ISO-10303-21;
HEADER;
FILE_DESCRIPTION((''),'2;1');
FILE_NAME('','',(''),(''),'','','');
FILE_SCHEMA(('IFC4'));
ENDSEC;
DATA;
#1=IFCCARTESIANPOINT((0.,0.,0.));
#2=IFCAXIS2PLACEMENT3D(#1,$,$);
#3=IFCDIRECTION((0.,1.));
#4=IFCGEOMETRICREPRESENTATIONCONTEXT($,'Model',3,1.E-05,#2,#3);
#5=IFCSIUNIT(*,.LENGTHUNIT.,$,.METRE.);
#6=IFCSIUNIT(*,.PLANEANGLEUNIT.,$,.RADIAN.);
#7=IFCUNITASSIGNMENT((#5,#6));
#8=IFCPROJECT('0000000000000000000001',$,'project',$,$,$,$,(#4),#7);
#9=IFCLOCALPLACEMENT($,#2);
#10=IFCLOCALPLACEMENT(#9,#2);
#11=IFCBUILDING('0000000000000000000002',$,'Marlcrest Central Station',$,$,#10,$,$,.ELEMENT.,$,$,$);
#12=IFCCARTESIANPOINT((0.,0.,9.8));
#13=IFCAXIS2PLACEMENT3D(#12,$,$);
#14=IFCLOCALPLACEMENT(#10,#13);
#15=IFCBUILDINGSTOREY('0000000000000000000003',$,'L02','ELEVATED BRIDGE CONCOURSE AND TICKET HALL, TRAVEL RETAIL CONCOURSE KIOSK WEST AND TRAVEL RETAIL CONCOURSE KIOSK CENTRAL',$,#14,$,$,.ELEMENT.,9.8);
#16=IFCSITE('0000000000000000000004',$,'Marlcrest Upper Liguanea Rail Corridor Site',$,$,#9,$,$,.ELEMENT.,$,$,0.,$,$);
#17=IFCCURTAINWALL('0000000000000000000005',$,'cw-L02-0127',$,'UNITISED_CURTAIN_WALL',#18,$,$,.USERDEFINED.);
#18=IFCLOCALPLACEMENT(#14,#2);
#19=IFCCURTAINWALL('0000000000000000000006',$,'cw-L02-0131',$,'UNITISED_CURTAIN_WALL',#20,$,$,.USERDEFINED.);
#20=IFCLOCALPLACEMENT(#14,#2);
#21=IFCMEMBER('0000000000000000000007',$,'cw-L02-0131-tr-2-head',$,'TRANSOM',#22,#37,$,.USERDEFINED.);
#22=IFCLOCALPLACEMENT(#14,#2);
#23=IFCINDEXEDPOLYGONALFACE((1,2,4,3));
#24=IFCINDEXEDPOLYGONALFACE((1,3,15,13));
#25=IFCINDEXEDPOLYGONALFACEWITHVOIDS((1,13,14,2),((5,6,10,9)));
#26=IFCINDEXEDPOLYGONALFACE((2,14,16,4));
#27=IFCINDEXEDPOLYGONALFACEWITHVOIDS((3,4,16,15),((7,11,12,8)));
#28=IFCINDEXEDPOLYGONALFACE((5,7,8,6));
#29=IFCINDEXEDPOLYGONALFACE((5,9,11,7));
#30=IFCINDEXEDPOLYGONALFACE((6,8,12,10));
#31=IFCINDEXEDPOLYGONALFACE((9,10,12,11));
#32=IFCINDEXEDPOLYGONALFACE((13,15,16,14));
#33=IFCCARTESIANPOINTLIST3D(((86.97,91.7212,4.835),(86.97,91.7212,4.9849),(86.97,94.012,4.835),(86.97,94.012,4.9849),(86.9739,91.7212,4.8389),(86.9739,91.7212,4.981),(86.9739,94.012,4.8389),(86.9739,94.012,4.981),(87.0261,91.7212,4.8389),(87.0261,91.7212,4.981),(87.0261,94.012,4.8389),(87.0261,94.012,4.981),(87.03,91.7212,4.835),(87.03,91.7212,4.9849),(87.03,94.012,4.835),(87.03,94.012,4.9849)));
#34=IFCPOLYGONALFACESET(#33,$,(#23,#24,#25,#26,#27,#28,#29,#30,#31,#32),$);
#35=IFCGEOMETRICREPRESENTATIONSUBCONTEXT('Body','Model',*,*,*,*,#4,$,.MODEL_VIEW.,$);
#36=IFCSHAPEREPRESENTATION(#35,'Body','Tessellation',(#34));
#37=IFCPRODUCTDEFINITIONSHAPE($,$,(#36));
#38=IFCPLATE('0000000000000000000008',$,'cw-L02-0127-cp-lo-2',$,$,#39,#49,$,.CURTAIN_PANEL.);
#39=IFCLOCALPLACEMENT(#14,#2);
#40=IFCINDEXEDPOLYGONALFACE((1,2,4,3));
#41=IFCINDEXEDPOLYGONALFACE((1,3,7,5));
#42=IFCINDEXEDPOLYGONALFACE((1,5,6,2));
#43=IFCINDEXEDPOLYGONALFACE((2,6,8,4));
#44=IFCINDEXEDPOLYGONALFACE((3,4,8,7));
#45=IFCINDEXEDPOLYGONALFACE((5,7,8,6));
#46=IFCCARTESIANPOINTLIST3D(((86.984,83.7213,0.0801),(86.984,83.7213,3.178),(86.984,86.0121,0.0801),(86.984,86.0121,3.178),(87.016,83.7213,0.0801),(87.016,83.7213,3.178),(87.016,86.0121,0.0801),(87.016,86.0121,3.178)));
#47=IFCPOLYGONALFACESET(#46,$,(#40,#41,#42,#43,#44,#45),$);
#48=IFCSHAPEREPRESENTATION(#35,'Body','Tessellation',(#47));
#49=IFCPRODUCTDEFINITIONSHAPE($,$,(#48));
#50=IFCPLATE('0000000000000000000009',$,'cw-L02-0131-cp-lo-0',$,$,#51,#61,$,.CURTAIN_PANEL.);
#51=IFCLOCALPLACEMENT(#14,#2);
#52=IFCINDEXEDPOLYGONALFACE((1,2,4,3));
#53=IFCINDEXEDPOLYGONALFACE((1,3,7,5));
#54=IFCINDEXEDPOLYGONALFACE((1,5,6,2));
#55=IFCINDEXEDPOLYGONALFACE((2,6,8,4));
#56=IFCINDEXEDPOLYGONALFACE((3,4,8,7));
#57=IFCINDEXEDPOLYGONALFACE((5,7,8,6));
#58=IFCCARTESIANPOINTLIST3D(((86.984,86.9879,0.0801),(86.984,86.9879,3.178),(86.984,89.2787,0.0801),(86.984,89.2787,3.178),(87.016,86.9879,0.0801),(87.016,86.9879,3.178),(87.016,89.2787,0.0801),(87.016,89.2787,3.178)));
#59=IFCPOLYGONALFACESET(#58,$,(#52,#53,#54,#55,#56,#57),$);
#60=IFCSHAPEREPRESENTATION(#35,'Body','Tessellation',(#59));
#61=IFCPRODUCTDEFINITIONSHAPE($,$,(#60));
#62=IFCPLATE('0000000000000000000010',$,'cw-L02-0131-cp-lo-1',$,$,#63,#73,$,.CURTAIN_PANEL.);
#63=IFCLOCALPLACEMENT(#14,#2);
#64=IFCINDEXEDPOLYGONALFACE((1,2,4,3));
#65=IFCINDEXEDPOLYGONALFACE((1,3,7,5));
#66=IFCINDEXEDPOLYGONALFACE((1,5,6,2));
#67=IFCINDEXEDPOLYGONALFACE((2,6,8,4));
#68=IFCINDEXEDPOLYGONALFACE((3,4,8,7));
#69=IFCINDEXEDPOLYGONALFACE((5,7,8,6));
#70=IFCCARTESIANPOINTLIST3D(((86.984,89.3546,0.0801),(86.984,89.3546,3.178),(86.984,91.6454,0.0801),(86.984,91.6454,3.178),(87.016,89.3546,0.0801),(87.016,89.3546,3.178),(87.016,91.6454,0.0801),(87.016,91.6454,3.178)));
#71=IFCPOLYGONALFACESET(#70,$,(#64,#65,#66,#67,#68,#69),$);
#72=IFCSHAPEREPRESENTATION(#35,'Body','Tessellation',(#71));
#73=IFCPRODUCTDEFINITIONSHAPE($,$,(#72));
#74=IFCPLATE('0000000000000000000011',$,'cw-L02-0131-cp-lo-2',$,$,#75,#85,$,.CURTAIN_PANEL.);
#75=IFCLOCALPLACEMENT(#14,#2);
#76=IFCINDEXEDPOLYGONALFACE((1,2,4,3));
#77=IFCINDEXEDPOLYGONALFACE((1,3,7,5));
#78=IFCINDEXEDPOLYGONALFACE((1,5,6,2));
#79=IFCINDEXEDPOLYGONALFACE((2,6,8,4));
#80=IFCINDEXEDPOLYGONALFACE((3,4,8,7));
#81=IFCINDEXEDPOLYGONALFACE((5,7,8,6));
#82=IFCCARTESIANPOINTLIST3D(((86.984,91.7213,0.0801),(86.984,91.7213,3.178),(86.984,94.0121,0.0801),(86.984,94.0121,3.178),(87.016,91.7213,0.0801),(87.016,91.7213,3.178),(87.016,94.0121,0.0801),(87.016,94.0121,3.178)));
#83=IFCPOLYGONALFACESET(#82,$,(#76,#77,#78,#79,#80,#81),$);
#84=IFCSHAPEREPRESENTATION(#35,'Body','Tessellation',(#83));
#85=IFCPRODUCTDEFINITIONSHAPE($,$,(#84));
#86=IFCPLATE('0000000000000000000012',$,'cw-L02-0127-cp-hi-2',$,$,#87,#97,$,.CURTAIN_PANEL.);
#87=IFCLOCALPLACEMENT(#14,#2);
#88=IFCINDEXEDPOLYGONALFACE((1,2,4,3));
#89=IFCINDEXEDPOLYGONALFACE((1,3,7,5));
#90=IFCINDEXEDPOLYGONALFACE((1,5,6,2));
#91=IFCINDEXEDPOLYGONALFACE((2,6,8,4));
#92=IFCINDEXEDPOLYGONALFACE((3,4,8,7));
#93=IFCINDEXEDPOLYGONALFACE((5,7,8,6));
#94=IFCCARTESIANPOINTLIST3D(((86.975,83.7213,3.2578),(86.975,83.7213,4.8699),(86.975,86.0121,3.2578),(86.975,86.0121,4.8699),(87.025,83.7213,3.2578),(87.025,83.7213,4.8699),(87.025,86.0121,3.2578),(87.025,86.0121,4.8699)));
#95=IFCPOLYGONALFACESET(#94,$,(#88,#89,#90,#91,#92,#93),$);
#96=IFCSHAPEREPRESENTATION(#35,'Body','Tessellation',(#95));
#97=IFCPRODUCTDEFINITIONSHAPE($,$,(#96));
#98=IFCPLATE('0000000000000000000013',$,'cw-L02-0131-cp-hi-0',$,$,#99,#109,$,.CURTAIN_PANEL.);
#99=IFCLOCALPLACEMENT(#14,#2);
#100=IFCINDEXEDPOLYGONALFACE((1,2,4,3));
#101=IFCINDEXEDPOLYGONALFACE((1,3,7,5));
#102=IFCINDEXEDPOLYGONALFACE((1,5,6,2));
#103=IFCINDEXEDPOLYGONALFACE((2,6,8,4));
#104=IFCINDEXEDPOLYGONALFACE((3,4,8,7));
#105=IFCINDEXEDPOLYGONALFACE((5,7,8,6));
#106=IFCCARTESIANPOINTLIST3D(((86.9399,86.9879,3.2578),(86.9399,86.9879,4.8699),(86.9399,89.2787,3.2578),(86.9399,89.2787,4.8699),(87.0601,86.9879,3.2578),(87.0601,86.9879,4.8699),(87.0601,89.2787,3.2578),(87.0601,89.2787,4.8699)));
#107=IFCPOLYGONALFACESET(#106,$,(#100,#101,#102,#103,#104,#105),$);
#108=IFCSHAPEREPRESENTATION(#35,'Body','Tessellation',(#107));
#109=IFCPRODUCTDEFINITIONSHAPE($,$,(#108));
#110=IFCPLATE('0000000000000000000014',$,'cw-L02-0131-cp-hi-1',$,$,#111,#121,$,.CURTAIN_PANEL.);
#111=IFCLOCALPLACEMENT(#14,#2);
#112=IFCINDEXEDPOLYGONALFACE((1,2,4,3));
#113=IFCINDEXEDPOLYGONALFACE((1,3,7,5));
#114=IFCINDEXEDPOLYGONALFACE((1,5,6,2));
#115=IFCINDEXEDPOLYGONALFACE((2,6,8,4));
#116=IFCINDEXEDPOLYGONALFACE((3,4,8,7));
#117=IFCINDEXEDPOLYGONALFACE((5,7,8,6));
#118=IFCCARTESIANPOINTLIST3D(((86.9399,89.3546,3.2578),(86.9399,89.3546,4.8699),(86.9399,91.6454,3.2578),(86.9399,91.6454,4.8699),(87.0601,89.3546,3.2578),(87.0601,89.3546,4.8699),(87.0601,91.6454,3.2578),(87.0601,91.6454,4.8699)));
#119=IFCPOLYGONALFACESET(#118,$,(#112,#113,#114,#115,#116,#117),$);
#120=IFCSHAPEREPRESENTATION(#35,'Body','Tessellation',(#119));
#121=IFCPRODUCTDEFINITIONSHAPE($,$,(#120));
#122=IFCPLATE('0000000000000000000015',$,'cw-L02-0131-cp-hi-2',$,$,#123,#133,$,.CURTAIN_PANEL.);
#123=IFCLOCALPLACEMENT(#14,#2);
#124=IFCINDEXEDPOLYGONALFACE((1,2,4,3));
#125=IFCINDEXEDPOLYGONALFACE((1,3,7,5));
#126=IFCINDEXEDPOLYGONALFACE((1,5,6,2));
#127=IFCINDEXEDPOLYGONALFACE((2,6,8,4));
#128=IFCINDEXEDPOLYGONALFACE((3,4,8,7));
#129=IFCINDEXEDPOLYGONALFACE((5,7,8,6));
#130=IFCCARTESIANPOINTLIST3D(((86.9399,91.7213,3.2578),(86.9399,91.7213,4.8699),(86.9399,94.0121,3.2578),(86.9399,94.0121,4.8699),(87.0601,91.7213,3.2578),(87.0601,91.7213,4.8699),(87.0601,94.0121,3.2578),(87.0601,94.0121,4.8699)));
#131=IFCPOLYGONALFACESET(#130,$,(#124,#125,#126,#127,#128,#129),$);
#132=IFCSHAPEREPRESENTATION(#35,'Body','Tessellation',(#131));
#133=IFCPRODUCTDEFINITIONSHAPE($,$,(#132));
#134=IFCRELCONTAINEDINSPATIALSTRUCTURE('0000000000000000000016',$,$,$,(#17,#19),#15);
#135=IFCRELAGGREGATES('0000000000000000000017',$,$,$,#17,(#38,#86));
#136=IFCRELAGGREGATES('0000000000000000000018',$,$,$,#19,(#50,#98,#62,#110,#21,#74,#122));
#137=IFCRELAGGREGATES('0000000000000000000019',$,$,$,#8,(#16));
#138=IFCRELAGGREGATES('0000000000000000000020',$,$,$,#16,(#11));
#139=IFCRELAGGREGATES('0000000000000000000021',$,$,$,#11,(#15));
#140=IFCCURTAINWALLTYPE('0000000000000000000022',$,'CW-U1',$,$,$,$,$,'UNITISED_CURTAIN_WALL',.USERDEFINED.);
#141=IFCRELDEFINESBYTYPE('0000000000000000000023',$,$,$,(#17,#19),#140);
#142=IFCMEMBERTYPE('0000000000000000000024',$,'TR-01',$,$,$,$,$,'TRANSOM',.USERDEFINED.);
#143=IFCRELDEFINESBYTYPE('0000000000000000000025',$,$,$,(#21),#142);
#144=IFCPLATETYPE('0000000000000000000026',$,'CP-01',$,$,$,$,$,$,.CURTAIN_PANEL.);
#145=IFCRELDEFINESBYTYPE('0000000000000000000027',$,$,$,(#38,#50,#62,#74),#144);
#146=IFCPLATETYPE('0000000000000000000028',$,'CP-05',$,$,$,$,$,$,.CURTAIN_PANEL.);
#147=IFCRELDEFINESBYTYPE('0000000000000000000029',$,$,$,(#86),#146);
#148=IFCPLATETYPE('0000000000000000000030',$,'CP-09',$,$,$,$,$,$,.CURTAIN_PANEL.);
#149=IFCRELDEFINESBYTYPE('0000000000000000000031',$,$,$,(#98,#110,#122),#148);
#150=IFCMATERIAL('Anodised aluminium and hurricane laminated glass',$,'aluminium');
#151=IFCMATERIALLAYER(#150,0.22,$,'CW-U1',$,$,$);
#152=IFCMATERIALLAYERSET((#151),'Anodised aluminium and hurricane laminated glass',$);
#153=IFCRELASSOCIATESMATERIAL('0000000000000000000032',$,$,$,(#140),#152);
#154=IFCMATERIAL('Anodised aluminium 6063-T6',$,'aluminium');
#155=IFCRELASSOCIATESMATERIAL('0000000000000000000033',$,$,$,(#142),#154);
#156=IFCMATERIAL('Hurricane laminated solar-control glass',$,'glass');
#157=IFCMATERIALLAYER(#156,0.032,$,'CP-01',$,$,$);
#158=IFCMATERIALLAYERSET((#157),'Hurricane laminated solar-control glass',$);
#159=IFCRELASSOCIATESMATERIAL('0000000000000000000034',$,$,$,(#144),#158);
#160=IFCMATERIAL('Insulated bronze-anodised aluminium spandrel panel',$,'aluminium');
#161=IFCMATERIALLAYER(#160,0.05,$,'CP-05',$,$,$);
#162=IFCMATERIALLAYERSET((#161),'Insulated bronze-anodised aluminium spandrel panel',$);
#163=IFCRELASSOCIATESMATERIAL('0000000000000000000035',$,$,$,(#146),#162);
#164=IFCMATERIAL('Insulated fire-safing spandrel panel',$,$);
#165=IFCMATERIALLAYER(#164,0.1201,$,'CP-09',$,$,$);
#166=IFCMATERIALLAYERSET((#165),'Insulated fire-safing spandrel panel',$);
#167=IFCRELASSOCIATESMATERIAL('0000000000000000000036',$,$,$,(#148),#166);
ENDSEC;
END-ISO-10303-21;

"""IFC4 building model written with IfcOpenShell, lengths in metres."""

from ifc_helpers import new_model, si_unit, direction, frame, origin, origin_2d, place, context, subcontext, project, spatial, rectangle, hollow_rectangle, extrude, material, layer, layer_set, material_profile, profile_set, type_object, element, aggregate, save


model = new_model("IFC4")

# Units and contexts
model_context = context("Model", 3, precision=1e-05, world=origin(), true_north=direction((0.0, 1.0)))
body_context = subcontext(model_context, "Body", "Model", "MODEL_VIEW")
ifc_project = project(units=[si_unit("LENGTHUNIT", "METRE"), si_unit("PLANEANGLEUNIT", "RADIAN")], contexts=[model_context])

# Site, building, storey
site_placement = place(None, origin())
site = spatial("IfcSite", under=ifc_project, at=site_placement, Name="Marlcrest Upper Liguanea Rail Corridor Site", CompositionType="ELEMENT", RefElevation=0.0)
building_placement = place(site_placement, origin())
building = spatial("IfcBuilding", under=site, at=building_placement, Name="Marlcrest Central Station", CompositionType="ELEMENT")
storey_placement = place(building_placement, frame((0.0, 0.0, 9.8)))
storey = spatial("IfcBuildingStorey", under=building, at=storey_placement, Name="L02", Description="ELEVATED BRIDGE CONCOURSE AND TICKET HALL, TRAVEL RETAIL CONCOURSE KIOSK WEST AND TRAVEL RETAIL CONCOURSE KIOSK CENTRAL", CompositionType="ELEMENT", Elevation=9.8)

# Curtain walls
ifc_material_1 = material(Name="Anodised aluminium and hurricane laminated glass", Category="aluminium")
ifc_layer_1 = layer(ifc_material_1, 0.22, Name="CW-U1")
ifc_layer_set_1 = layer_set([ifc_layer_1], Name="Anodised aluminium and hurricane laminated glass")
curtain_wall_type = type_object("IfcCurtainWallType", Name="CW-U1", ElementType="UNITISED_CURTAIN_WALL", PredefinedType="USERDEFINED", material=ifc_layer_set_1)
curtain_wall_1_placement = place(storey_placement, origin())
curtain_wall_1 = element("IfcCurtainWall", 1, at=curtain_wall_1_placement, inside=storey, type_object=curtain_wall_type, Name="cw-L02-0127", ObjectType="UNITISED_CURTAIN_WALL", PredefinedType="USERDEFINED")
ifc_material_2 = material(Name="Anodised aluminium 6063-T6", Category="aluminium")
curtain_wall_2_placement = place(storey_placement, origin())
curtain_wall_2 = element("IfcCurtainWall", 2, at=curtain_wall_2_placement, inside=storey, type_object=curtain_wall_type, Name="cw-L02-0131", ObjectType="UNITISED_CURTAIN_WALL", PredefinedType="USERDEFINED")

# Member
ifc_material_profile_1 = material_profile(ifc_material_2, hollow_rectangle(XDim=0.0601, YDim=0.1499, WallThickness=0.0039, at=origin_2d()), Name="AA-RHS 150x60x4")
ifc_profile_set_1 = profile_set([ifc_material_profile_1], Name="Anodised aluminium 6063-T6")
member_type_1 = type_object("IfcMemberType", Name="TR-01", ElementType="TRANSOM", PredefinedType="USERDEFINED", material=ifc_profile_set_1)
member_1_placement = place(storey_placement, frame((87.0, 91.7212, 4.9099), z_axis=(0.0, 1.0, 0.0), x_axis=(-1.0, 0.0, 0.0)))
member_1 = element("IfcMember", 3, at=member_1_placement, type_object=member_type_1, Name="cw-L02-0131-tr-2-head", ObjectType="TRANSOM", PredefinedType="USERDEFINED", context=body_context, shape_type="SweptSolid", body=[
    extrude(hollow_rectangle(XDim=0.0601, YDim=0.1499, WallThickness=0.0039, at=origin_2d()), origin(), (0.0, 0.0, 1.0), 2.2908),
])

# Plates
ifc_material_3 = material(Name="Hurricane laminated solar-control glass", Category="glass")
ifc_layer_2 = layer(ifc_material_3, 0.032, Name="CP-01")
ifc_layer_set_2 = layer_set([ifc_layer_2], Name="Hurricane laminated solar-control glass")
plate_type_1 = type_object("IfcPlateType", Name="CP-01", PredefinedType="CURTAIN_PANEL", material=ifc_layer_set_2)
plate_1_placement = place(storey_placement, frame((87.0, 84.8667, 0.0801), z_axis=(0.0, 0.0, 1.0), x_axis=(0.0, 1.0, 0.0)))
plate_1 = element("IfcPlate", 4, at=plate_1_placement, type_object=plate_type_1, Name="cw-L02-0127-cp-lo-2", PredefinedType="CURTAIN_PANEL", context=body_context, shape_type="SweptSolid", body=[
    extrude(rectangle(XDim=2.2908, YDim=0.032, at=origin_2d()), origin(), (0.0, 0.0, 1.0), 3.0979),
])
plate_2_placement = place(storey_placement, frame((87.0, 88.1333, 0.0801), z_axis=(0.0, 0.0, 1.0), x_axis=(0.0, 1.0, 0.0)))
plate_2 = element("IfcPlate", 5, at=plate_2_placement, type_object=plate_type_1, Name="cw-L02-0131-cp-lo-0", PredefinedType="CURTAIN_PANEL", context=body_context, shape_type="SweptSolid", body=[
    extrude(rectangle(XDim=2.2908, YDim=0.032, at=origin_2d()), origin(), (0.0, 0.0, 1.0), 3.0979),
])
plate_3_placement = place(storey_placement, frame((87.0, 90.5, 0.0801), z_axis=(0.0, 0.0, 1.0), x_axis=(0.0, 1.0, 0.0)))
plate_3 = element("IfcPlate", 6, at=plate_3_placement, type_object=plate_type_1, Name="cw-L02-0131-cp-lo-1", PredefinedType="CURTAIN_PANEL", context=body_context, shape_type="SweptSolid", body=[
    extrude(rectangle(XDim=2.2908, YDim=0.032, at=origin_2d()), origin(), (0.0, 0.0, 1.0), 3.0979),
])
plate_4_placement = place(storey_placement, frame((87.0, 92.8667, 0.0801), z_axis=(0.0, 0.0, 1.0), x_axis=(0.0, 1.0, 0.0)))
plate_4 = element("IfcPlate", 7, at=plate_4_placement, type_object=plate_type_1, Name="cw-L02-0131-cp-lo-2", PredefinedType="CURTAIN_PANEL", context=body_context, shape_type="SweptSolid", body=[
    extrude(rectangle(XDim=2.2908, YDim=0.032, at=origin_2d()), origin(), (0.0, 0.0, 1.0), 3.0979),
])
ifc_material_4 = material(Name="Insulated bronze-anodised aluminium spandrel panel", Category="aluminium")
ifc_layer_3 = layer(ifc_material_4, 0.05, Name="CP-05")
ifc_layer_set_3 = layer_set([ifc_layer_3], Name="Insulated bronze-anodised aluminium spandrel panel")
plate_type_2 = type_object("IfcPlateType", Name="CP-05", PredefinedType="CURTAIN_PANEL", material=ifc_layer_set_3)
plate_5_placement = place(storey_placement, frame((87.0, 84.8667, 3.2578), z_axis=(0.0, 0.0, 1.0), x_axis=(0.0, 1.0, 0.0)))
plate_5 = element("IfcPlate", 8, at=plate_5_placement, type_object=plate_type_2, Name="cw-L02-0127-cp-hi-2", PredefinedType="CURTAIN_PANEL", context=body_context, shape_type="SweptSolid", body=[
    extrude(rectangle(XDim=2.2908, YDim=0.05, at=origin_2d()), origin(), (0.0, 0.0, 1.0), 1.6121),
])
aggregate(curtain_wall_1, [plate_1, plate_5])
ifc_material_5 = material(Name="Insulated fire-safing spandrel panel")
ifc_layer_4 = layer(ifc_material_5, 0.1201, Name="CP-09")
ifc_layer_set_4 = layer_set([ifc_layer_4], Name="Insulated fire-safing spandrel panel")
plate_type_3 = type_object("IfcPlateType", Name="CP-09", PredefinedType="CURTAIN_PANEL", material=ifc_layer_set_4)
plate_6_placement = place(storey_placement, frame((87.0, 88.1333, 3.2578), z_axis=(0.0, 0.0, 1.0), x_axis=(0.0, 1.0, 0.0)))
plate_6 = element("IfcPlate", 9, at=plate_6_placement, type_object=plate_type_3, Name="cw-L02-0131-cp-hi-0", PredefinedType="CURTAIN_PANEL", context=body_context, shape_type="SweptSolid", body=[
    extrude(rectangle(XDim=2.2908, YDim=0.1201, at=origin_2d()), origin(), (0.0, 0.0, 1.0), 1.6121),
])
plate_7_placement = place(storey_placement, frame((87.0, 90.5, 3.2578), z_axis=(0.0, 0.0, 1.0), x_axis=(0.0, 1.0, 0.0)))
plate_7 = element("IfcPlate", 10, at=plate_7_placement, type_object=plate_type_3, Name="cw-L02-0131-cp-hi-1", PredefinedType="CURTAIN_PANEL", context=body_context, shape_type="SweptSolid", body=[
    extrude(rectangle(XDim=2.2908, YDim=0.1201, at=origin_2d()), origin(), (0.0, 0.0, 1.0), 1.6121),
])
plate_8_placement = place(storey_placement, frame((87.0, 92.8667, 3.2578), z_axis=(0.0, 0.0, 1.0), x_axis=(0.0, 1.0, 0.0)))
plate_8 = element("IfcPlate", 11, at=plate_8_placement, type_object=plate_type_3, Name="cw-L02-0131-cp-hi-2", PredefinedType="CURTAIN_PANEL", context=body_context, shape_type="SweptSolid", body=[
    extrude(rectangle(XDim=2.2908, YDim=0.1201, at=origin_2d()), origin(), (0.0, 0.0, 1.0), 1.6121),
])
aggregate(curtain_wall_2, [plate_2, plate_6, plate_3, plate_7, member_1, plate_4, plate_8])

save(model, "model.ifc")
